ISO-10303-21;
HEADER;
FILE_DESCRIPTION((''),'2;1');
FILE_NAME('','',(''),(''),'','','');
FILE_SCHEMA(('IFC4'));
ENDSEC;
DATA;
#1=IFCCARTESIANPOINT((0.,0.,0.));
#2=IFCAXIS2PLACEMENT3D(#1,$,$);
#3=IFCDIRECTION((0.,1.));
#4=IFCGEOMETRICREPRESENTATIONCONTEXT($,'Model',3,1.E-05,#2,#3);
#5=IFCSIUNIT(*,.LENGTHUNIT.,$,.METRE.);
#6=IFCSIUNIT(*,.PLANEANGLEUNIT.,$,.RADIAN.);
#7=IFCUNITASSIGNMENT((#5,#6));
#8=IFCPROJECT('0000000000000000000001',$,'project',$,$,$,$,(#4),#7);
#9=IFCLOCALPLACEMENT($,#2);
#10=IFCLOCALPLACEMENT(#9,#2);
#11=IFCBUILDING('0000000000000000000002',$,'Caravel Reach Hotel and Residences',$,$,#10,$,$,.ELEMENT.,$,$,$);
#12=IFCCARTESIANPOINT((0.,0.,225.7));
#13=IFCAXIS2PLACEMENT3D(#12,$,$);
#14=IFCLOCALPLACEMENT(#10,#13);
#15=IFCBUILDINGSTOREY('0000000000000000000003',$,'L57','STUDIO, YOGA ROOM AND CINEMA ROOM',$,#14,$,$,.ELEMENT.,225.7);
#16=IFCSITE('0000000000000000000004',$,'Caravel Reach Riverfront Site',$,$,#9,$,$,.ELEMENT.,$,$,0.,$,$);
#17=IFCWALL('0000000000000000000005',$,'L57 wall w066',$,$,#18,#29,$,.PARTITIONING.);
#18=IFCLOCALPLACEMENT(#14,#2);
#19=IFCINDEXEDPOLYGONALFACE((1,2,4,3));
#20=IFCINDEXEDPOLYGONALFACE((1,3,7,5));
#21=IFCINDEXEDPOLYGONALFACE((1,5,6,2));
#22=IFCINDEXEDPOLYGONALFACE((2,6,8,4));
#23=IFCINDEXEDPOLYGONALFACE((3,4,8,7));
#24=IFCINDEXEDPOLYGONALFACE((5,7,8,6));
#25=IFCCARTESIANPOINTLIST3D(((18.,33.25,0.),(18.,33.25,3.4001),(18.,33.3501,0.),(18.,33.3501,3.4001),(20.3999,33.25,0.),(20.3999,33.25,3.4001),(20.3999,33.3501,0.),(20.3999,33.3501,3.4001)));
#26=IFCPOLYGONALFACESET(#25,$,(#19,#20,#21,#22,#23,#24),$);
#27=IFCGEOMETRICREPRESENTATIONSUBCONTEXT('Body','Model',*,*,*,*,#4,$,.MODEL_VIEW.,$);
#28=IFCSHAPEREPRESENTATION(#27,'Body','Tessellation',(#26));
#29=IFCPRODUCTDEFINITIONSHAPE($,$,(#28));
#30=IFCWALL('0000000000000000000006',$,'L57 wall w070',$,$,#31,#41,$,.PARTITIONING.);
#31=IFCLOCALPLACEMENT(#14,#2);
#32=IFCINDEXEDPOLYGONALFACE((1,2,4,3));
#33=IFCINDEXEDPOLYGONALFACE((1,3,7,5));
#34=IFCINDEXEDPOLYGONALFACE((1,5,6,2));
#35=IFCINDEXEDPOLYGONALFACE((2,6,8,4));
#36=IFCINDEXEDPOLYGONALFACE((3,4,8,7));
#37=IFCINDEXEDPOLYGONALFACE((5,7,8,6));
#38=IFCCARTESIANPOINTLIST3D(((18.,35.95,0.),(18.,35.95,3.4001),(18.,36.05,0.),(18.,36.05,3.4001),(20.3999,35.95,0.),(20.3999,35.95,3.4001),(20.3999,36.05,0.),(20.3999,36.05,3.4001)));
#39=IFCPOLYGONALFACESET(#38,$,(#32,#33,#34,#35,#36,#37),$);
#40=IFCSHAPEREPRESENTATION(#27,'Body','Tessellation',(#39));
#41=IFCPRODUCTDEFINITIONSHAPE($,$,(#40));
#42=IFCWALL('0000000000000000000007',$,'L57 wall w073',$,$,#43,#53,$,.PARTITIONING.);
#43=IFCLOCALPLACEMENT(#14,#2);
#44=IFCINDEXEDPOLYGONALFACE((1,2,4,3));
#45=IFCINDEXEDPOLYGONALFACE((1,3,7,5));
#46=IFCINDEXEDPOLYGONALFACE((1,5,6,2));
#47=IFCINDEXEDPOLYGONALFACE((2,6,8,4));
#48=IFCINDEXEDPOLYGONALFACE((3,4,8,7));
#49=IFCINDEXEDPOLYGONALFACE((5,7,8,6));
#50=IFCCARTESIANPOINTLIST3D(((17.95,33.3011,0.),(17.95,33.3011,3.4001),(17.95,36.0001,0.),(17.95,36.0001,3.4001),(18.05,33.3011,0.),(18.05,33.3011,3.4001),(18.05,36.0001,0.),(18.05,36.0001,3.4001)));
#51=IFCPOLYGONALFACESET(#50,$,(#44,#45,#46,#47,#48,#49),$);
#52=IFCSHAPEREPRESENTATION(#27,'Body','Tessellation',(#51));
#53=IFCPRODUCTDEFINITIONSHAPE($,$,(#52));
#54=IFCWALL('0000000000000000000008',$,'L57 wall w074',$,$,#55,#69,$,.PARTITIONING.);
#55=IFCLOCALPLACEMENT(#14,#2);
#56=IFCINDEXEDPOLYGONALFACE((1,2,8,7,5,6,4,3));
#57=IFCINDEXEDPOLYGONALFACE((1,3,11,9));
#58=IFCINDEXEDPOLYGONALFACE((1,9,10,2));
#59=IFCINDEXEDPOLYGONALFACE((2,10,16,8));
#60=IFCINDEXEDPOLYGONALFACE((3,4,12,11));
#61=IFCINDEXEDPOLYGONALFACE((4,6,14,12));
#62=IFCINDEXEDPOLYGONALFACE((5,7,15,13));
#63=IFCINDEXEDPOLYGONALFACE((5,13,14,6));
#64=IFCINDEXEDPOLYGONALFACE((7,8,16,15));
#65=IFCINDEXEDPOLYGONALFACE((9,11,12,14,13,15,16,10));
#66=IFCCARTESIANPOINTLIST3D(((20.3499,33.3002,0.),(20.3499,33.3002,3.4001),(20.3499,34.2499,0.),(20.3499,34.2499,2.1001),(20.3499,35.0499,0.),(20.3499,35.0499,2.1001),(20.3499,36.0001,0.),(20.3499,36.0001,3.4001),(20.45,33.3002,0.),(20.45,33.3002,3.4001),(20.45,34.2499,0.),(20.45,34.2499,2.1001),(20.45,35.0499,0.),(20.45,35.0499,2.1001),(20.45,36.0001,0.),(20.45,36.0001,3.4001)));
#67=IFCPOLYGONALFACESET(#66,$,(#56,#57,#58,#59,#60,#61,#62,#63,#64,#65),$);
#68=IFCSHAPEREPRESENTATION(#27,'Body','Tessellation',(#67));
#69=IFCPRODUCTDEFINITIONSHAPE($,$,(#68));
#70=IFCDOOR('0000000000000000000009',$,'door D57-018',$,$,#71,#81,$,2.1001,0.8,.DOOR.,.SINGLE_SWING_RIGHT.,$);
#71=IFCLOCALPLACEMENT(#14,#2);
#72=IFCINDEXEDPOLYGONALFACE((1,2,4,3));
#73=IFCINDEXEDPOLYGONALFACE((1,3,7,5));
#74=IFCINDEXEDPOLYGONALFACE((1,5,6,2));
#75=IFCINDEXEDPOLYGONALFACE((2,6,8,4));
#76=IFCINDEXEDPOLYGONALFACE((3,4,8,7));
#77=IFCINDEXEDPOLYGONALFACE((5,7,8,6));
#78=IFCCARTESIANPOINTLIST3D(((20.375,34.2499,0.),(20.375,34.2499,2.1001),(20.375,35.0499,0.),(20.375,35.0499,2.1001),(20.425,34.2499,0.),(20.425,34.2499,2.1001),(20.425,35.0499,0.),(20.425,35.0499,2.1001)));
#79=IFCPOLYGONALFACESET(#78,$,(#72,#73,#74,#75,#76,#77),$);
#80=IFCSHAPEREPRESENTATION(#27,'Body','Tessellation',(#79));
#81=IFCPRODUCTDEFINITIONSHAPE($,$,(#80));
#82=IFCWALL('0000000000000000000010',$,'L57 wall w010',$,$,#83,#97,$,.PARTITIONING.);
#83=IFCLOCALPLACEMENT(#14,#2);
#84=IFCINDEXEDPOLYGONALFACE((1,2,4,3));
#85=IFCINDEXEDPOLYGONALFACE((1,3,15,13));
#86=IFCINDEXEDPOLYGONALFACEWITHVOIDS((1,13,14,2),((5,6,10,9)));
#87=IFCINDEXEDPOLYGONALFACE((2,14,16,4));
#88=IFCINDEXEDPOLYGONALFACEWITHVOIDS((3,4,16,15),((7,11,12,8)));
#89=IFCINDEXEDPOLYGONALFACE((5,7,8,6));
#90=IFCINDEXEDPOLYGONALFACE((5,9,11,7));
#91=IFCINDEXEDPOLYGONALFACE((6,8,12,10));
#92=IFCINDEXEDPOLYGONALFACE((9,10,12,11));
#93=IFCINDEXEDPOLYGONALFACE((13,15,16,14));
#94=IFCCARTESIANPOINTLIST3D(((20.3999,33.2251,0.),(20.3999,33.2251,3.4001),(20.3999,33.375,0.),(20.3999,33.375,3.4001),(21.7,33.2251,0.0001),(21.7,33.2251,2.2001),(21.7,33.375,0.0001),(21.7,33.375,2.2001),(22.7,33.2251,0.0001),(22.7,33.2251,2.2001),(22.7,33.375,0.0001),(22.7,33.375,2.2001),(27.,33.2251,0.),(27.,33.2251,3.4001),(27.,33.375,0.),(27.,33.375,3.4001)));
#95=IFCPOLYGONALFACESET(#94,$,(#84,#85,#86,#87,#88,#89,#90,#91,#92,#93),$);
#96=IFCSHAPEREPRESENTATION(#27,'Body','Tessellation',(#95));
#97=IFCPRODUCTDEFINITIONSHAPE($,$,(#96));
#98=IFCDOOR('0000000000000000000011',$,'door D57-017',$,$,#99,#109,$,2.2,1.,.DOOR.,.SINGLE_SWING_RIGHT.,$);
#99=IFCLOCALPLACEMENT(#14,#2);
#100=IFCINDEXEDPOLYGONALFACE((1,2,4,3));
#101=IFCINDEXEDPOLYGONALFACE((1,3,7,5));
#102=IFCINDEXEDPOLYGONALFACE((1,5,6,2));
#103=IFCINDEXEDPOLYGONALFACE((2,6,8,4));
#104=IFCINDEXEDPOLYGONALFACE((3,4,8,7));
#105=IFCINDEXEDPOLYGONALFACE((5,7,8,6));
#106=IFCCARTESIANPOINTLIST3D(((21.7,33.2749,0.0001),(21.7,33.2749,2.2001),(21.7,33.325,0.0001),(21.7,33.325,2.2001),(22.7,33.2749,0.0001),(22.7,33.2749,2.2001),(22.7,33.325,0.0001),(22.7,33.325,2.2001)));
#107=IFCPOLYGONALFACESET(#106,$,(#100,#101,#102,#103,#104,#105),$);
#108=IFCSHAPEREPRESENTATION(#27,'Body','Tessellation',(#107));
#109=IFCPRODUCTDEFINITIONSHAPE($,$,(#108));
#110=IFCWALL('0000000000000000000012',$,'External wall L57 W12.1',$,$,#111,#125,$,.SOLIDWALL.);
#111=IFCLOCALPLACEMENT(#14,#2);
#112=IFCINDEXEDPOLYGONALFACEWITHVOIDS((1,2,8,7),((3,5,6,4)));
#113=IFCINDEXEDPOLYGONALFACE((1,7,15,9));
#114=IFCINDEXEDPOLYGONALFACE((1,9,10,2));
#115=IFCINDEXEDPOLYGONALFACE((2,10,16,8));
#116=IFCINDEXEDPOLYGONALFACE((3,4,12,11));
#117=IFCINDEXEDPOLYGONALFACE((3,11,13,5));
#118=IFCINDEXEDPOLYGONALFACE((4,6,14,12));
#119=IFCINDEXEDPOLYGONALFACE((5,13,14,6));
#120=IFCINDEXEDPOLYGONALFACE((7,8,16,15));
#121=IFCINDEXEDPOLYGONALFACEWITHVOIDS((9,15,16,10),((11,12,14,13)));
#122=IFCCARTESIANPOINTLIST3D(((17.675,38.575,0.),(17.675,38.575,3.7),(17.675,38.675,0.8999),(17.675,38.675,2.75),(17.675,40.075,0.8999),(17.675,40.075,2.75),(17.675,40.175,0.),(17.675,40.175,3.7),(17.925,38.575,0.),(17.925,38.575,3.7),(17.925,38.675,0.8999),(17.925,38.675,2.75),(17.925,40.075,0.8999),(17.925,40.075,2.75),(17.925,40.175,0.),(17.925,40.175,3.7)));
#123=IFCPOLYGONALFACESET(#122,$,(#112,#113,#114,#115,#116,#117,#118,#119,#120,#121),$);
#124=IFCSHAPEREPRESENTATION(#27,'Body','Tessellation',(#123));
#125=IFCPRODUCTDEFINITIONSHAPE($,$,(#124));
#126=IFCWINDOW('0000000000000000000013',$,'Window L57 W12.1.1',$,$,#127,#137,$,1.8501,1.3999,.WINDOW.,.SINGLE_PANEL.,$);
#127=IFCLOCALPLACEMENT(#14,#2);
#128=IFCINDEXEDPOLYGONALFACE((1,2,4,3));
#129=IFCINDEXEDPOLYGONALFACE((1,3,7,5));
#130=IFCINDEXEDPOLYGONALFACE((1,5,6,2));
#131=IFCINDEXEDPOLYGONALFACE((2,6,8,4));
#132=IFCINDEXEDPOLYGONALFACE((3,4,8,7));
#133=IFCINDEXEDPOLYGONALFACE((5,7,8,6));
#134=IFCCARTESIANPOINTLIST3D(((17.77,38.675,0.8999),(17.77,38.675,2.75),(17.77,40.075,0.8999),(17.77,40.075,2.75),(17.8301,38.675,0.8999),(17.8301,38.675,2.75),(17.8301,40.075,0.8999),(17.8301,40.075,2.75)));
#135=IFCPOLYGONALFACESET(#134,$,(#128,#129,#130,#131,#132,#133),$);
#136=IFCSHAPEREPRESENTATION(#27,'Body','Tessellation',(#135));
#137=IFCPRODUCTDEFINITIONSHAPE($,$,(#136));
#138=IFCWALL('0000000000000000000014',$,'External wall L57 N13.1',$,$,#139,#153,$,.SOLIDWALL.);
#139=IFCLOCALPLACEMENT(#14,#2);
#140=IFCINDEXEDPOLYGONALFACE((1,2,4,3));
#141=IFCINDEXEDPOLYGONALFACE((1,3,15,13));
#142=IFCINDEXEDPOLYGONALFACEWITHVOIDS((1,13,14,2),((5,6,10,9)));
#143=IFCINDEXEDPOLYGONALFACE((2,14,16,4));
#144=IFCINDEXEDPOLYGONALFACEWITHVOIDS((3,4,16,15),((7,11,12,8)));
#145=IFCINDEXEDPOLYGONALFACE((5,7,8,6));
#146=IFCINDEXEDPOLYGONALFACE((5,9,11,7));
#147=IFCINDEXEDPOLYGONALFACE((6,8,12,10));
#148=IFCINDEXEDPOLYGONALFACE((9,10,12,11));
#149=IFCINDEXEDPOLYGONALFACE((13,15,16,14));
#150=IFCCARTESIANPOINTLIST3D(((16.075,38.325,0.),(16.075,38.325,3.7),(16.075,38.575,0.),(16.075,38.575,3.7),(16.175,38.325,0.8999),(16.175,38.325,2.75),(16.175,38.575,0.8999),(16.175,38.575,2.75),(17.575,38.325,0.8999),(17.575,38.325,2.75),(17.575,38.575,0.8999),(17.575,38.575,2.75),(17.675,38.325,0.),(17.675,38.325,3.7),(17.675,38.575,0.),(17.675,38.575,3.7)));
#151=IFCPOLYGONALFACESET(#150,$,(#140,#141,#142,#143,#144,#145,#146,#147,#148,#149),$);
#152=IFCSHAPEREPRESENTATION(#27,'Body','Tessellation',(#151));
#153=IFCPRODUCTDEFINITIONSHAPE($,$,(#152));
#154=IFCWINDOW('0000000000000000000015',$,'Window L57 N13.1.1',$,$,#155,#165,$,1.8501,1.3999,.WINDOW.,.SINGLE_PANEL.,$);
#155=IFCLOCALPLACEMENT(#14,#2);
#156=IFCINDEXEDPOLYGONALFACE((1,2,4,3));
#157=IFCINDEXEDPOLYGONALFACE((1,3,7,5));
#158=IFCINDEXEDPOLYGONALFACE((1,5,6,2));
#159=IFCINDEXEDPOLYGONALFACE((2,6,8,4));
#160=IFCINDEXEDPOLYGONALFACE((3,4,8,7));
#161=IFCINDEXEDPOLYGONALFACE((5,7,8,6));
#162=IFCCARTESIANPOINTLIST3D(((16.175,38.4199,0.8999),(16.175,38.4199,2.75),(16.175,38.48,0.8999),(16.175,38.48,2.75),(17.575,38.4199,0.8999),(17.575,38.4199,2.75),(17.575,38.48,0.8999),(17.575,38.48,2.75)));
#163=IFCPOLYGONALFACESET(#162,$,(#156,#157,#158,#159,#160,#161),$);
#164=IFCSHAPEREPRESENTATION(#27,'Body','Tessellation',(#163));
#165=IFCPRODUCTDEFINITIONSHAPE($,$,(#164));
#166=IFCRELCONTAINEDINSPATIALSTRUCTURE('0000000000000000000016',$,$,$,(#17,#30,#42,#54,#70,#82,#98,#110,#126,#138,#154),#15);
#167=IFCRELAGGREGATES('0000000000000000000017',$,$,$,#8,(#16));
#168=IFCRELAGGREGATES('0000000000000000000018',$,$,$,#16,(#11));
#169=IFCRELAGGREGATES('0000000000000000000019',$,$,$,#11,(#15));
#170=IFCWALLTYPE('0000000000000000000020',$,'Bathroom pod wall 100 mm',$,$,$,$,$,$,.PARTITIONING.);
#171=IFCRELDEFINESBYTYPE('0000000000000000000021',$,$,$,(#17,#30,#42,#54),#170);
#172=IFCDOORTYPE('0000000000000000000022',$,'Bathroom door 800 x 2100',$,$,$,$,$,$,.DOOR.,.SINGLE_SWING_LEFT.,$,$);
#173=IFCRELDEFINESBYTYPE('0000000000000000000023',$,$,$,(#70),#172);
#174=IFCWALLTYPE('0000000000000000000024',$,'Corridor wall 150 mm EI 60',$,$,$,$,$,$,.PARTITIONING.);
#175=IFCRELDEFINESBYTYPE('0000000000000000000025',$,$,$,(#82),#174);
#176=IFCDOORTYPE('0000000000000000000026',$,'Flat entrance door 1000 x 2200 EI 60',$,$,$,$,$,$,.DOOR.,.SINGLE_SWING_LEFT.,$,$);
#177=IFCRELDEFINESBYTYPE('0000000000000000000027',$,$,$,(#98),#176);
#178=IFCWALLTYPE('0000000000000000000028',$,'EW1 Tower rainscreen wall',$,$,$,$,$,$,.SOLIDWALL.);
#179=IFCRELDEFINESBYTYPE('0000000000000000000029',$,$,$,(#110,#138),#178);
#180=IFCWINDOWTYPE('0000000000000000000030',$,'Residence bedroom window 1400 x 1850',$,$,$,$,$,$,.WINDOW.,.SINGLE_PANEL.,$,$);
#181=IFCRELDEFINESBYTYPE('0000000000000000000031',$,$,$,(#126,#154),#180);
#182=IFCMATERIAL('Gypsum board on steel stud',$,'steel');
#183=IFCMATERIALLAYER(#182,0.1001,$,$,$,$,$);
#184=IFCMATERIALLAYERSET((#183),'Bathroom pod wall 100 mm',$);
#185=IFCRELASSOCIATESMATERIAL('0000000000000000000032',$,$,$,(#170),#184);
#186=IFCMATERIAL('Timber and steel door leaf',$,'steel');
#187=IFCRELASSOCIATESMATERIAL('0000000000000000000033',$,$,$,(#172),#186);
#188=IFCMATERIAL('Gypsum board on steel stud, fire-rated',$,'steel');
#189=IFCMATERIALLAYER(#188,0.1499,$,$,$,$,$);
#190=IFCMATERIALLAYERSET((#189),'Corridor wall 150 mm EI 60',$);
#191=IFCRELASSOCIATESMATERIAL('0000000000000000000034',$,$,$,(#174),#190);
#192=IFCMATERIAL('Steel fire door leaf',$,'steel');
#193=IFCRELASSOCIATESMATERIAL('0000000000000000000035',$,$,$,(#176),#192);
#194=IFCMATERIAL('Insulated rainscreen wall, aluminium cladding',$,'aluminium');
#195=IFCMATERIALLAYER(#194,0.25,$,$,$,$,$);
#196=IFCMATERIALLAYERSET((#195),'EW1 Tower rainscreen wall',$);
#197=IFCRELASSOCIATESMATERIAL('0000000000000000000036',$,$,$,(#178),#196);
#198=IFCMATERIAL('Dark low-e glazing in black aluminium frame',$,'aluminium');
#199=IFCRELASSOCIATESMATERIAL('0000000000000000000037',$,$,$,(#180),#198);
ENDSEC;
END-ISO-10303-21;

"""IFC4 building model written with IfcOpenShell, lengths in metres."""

from ifc_helpers import new_model, si_unit, direction, frame, frame_2d, origin, place, context, subcontext, project, spatial, rectangle, extrude, material, layer, layer_set, type_object, element, fill, save


model = new_model("IFC4")

# Units and contexts
model_context = context("Model", 3, precision=1e-05, world=origin(), true_north=direction((0.0, 1.0)))
body_context = subcontext(model_context, "Body", "Model", "MODEL_VIEW")
ifc_project = project(units=[si_unit("LENGTHUNIT", "METRE"), si_unit("PLANEANGLEUNIT", "RADIAN")], contexts=[model_context])

# Site, building, storey
site_placement = place(None, origin())
site = spatial("IfcSite", under=ifc_project, at=site_placement, Name="Caravel Reach Riverfront Site", CompositionType="ELEMENT", RefElevation=0.0)
building_placement = place(site_placement, origin())
building = spatial("IfcBuilding", under=site, at=building_placement, Name="Caravel Reach Hotel and Residences", CompositionType="ELEMENT")
storey_placement = place(building_placement, frame((0.0, 0.0, 225.7)))
storey = spatial("IfcBuildingStorey", under=building, at=storey_placement, Name="L57", Description="STUDIO, YOGA ROOM AND CINEMA ROOM", CompositionType="ELEMENT", Elevation=225.7)

# Walls
ifc_material_1 = material(Name="Gypsum board on steel stud", Category="steel")
ifc_layer_1 = layer(ifc_material_1, 0.1001)
ifc_layer_set_1 = layer_set([ifc_layer_1], Name="Bathroom pod wall 100 mm")
wall_type_1 = type_object("IfcWallType", Name="Bathroom pod wall 100 mm", PredefinedType="PARTITIONING", material=ifc_layer_set_1)
for number, where, z_axis, x_axis, name in (
    (1, (18.0, 33.3, 0.0), (0.0, 0.0, 1.0), (1.0, 0.0, 0.0), "L57 wall w066"),
    (2, (18.0, 36.0, 0.0), (0.0, 0.0, 1.0), (1.0, 0.0, 0.0), "L57 wall w070"),
):
    element("IfcWall", number, at=place(storey_placement, frame(where, z_axis=z_axis, x_axis=x_axis)), inside=storey, type_object=wall_type_1, Name=name, PredefinedType="PARTITIONING", context=body_context, shape_type="SweptSolid", body=[
        extrude(rectangle(XDim=2.3999, YDim=0.1001, at=frame_2d((1.2, 0.0))), origin(), (0.0, 0.0, 1.0), 3.4001),
    ])
wall_1_placement = place(storey_placement, frame((18.0, 33.301, 0.0), z_axis=(0.0, 0.0, 1.0), x_axis=(0.0, 1.0, 0.0)))
element("IfcWall", 3, at=wall_1_placement, inside=storey, type_object=wall_type_1, Name="L57 wall w073", PredefinedType="PARTITIONING", context=body_context, shape_type="SweptSolid", body=[
    extrude(rectangle(XDim=2.699, YDim=0.1001, at=frame_2d((1.3496, 0.0))), origin(), (0.0, 0.0, 1.0), 3.4001),
])

# Walls, openings, doors
wall_2_placement = place(storey_placement, frame((20.3999, 33.3, 0.0), z_axis=(0.0, 0.0, 1.0), x_axis=(0.0, 1.0, 0.0)))
wall_2 = element("IfcWall", 4, at=wall_2_placement, inside=storey, type_object=wall_type_1, Name="L57 wall w074", PredefinedType="PARTITIONING", context=body_context, shape_type="SweptSolid", body=[
    extrude(rectangle(XDim=2.7, YDim=0.1001, at=frame_2d((1.3501, 0.0))), origin(), (0.0, 0.0, 1.0), 3.4001),
])
opening_1_placement = place(wall_2_placement, frame((0.95, 0.0, 0.0)))
opening_1 = element("IfcOpeningElement", 5, at=opening_1_placement, cuts=wall_2, PredefinedType="OPENING", context=body_context, shape_type="SweptSolid", body=[
    extrude(rectangle(XDim=0.8, YDim=2.1001, at=frame_2d((0.3999, 1.05))), frame((0.0, 0.0601, 0.0), z_axis=(0.0, -1.0, 0.0), x_axis=(1.0, 0.0, 0.0)), (0.0, 0.0, 1.0), 0.1201),
])
ifc_material_2 = material(Name="Timber and steel door leaf", Category="steel")
door_type_1 = type_object("IfcDoorType", Name="Bathroom door 800 x 2100", OperationType="SINGLE_SWING_LEFT", PredefinedType="DOOR", material=ifc_material_2)
door_1_placement = place(opening_1_placement, origin())
door_1 = element("IfcDoor", 6, at=door_1_placement, inside=storey, type_object=door_type_1, Name="door D57-018", OperationType="SINGLE_SWING_RIGHT", OverallHeight=2.1001, OverallWidth=0.8, PredefinedType="DOOR", context=body_context, shape_type="SweptSolid", body=[
    extrude(rectangle(XDim=0.8, YDim=2.1001, at=frame_2d((0.3999, 1.05))), frame((0.0, 0.0249, 0.0), z_axis=(0.0, -1.0, 0.0), x_axis=(1.0, 0.0, 0.0)), (0.0, 0.0, 1.0), 0.05),
])
fill(opening_1, door_1)
ifc_material_3 = material(Name="Gypsum board on steel stud, fire-rated", Category="steel")
ifc_layer_2 = layer(ifc_material_3, 0.1499)
ifc_layer_set_2 = layer_set([ifc_layer_2], Name="Corridor wall 150 mm EI 60")
wall_type_2 = type_object("IfcWallType", Name="Corridor wall 150 mm EI 60", PredefinedType="PARTITIONING", material=ifc_layer_set_2)
wall_3_placement = place(storey_placement, frame((20.3999, 33.3, 0.0), z_axis=(0.0, 0.0, 1.0), x_axis=(1.0, 0.0, 0.0)))
wall_3 = element("IfcWall", 7, at=wall_3_placement, inside=storey, type_object=wall_type_2, Name="L57 wall w010", PredefinedType="PARTITIONING", context=body_context, shape_type="SweptSolid", body=[
    extrude(rectangle(XDim=6.6001, YDim=0.1499, at=frame_2d((3.3, 0.0))), origin(), (0.0, 0.0, 1.0), 3.4001),
])
opening_2_placement = place(wall_3_placement, frame((1.3, 0.0, 0.0)))
opening_2 = element("IfcOpeningElement", 8, at=opening_2_placement, cuts=wall_3, PredefinedType="OPENING", context=body_context, shape_type="SweptSolid", body=[
    extrude(rectangle(XDim=1.0, YDim=2.2, at=frame_2d((0.5, 1.1001))), frame((0.0, 0.085, 0.0), z_axis=(0.0, -1.0, 0.0), x_axis=(1.0, 0.0, 0.0)), (0.0, 0.0, 1.0), 0.1699),
])
ifc_material_4 = material(Name="Steel fire door leaf", Category="steel")
door_type_2 = type_object("IfcDoorType", Name="Flat entrance door 1000 x 2200 EI 60", OperationType="SINGLE_SWING_LEFT", PredefinedType="DOOR", material=ifc_material_4)
door_2_placement = place(opening_2_placement, origin())
door_2 = element("IfcDoor", 9, at=door_2_placement, inside=storey, type_object=door_type_2, Name="door D57-017", OperationType="SINGLE_SWING_RIGHT", OverallHeight=2.2, OverallWidth=1.0, PredefinedType="DOOR", context=body_context, shape_type="SweptSolid", body=[
    extrude(rectangle(XDim=1.0, YDim=2.2, at=frame_2d((0.5, 1.1001))), frame((0.0, 0.0249, 0.0), z_axis=(0.0, -1.0, 0.0), x_axis=(1.0, 0.0, 0.0)), (0.0, 0.0, 1.0), 0.05),
])
fill(opening_2, door_2)

# Walls, openings, windows
ifc_material_5 = material(Name="Insulated rainscreen wall, aluminium cladding", Category="aluminium")
ifc_layer_3 = layer(ifc_material_5, 0.25)
ifc_layer_set_3 = layer_set([ifc_layer_3], Name="EW1 Tower rainscreen wall")
wall_type_3 = type_object("IfcWallType", Name="EW1 Tower rainscreen wall", PredefinedType="SOLIDWALL", material=ifc_layer_set_3)
wall_4_placement = place(storey_placement, frame((17.8, 40.175, 0.0), z_axis=(0.0, 0.0, 1.0), x_axis=(0.0, -1.0, 0.0)))
wall_4 = element("IfcWall", 10, at=wall_4_placement, inside=storey, type_object=wall_type_3, Name="External wall L57 W12.1", PredefinedType="SOLIDWALL", context=body_context, shape_type="SweptSolid", body=[
    extrude(rectangle(XDim=1.6001, YDim=0.25, at=frame_2d((0.8, 0.0))), origin(), (0.0, 0.0, 1.0), 3.7),
])
opening_3_placement = place(wall_4_placement, frame((0.1001, 0.0, 0.8999)))
opening_3 = element("IfcOpeningElement", 11, at=opening_3_placement, cuts=wall_4, PredefinedType="OPENING", context=body_context, shape_type="SweptSolid", body=[
    extrude(rectangle(XDim=1.3999, YDim=1.8501, at=frame_2d((0.7, 0.925))), frame((0.0, 0.135, 0.0), z_axis=(0.0, -1.0, 0.0), x_axis=(1.0, 0.0, 0.0)), (0.0, 0.0, 1.0), 0.27),
])
ifc_material_6 = material(Name="Dark low-e glazing in black aluminium frame", Category="aluminium")
window_type = type_object("IfcWindowType", Name="Residence bedroom window 1400 x 1850", PartitioningType="SINGLE_PANEL", PredefinedType="WINDOW", material=ifc_material_6)
window_1_placement = place(opening_3_placement, origin())
window_1 = element("IfcWindow", 12, at=window_1_placement, inside=storey, type_object=window_type, Name="Window L57 W12.1.1", OverallHeight=1.8501, OverallWidth=1.3999, PartitioningType="SINGLE_PANEL", PredefinedType="WINDOW", context=body_context, shape_type="SweptSolid", body=[
    extrude(rectangle(XDim=1.3999, YDim=1.8501, at=frame_2d((0.7, 0.925))), frame((0.0, 0.03, 0.0), z_axis=(0.0, -1.0, 0.0), x_axis=(1.0, 0.0, 0.0)), (0.0, 0.0, 1.0), 0.0601),
])
fill(opening_3, window_1)
wall_5_placement = place(storey_placement, frame((17.675, 38.45, 0.0), z_axis=(0.0, 0.0, 1.0), x_axis=(-1.0, 0.0, 0.0)))
wall_5 = element("IfcWall", 13, at=wall_5_placement, inside=storey, type_object=wall_type_3, Name="External wall L57 N13.1", PredefinedType="SOLIDWALL", context=body_context, shape_type="SweptSolid", body=[
    extrude(rectangle(XDim=1.6001, YDim=0.25, at=frame_2d((0.8, 0.0))), origin(), (0.0, 0.0, 1.0), 3.7),
])
opening_4_placement = place(wall_5_placement, frame((0.1001, 0.0, 0.8999)))
opening_4 = element("IfcOpeningElement", 14, at=opening_4_placement, cuts=wall_5, PredefinedType="OPENING", context=body_context, shape_type="SweptSolid", body=[
    extrude(rectangle(XDim=1.3999, YDim=1.8501, at=frame_2d((0.7, 0.925))), frame((0.0, 0.135, 0.0), z_axis=(0.0, -1.0, 0.0), x_axis=(1.0, 0.0, 0.0)), (0.0, 0.0, 1.0), 0.27),
])
window_2_placement = place(opening_4_placement, origin())
window_2 = element("IfcWindow", 15, at=window_2_placement, inside=storey, type_object=window_type, Name="Window L57 N13.1.1", OverallHeight=1.8501, OverallWidth=1.3999, PartitioningType="SINGLE_PANEL", PredefinedType="WINDOW", context=body_context, shape_type="SweptSolid", body=[
    extrude(rectangle(XDim=1.3999, YDim=1.8501, at=frame_2d((0.7, 0.925))), frame((0.0, 0.03, 0.0), z_axis=(0.0, -1.0, 0.0), x_axis=(1.0, 0.0, 0.0)), (0.0, 0.0, 1.0), 0.0601),
])
fill(opening_4, window_2)

save(model, "model.ifc")
